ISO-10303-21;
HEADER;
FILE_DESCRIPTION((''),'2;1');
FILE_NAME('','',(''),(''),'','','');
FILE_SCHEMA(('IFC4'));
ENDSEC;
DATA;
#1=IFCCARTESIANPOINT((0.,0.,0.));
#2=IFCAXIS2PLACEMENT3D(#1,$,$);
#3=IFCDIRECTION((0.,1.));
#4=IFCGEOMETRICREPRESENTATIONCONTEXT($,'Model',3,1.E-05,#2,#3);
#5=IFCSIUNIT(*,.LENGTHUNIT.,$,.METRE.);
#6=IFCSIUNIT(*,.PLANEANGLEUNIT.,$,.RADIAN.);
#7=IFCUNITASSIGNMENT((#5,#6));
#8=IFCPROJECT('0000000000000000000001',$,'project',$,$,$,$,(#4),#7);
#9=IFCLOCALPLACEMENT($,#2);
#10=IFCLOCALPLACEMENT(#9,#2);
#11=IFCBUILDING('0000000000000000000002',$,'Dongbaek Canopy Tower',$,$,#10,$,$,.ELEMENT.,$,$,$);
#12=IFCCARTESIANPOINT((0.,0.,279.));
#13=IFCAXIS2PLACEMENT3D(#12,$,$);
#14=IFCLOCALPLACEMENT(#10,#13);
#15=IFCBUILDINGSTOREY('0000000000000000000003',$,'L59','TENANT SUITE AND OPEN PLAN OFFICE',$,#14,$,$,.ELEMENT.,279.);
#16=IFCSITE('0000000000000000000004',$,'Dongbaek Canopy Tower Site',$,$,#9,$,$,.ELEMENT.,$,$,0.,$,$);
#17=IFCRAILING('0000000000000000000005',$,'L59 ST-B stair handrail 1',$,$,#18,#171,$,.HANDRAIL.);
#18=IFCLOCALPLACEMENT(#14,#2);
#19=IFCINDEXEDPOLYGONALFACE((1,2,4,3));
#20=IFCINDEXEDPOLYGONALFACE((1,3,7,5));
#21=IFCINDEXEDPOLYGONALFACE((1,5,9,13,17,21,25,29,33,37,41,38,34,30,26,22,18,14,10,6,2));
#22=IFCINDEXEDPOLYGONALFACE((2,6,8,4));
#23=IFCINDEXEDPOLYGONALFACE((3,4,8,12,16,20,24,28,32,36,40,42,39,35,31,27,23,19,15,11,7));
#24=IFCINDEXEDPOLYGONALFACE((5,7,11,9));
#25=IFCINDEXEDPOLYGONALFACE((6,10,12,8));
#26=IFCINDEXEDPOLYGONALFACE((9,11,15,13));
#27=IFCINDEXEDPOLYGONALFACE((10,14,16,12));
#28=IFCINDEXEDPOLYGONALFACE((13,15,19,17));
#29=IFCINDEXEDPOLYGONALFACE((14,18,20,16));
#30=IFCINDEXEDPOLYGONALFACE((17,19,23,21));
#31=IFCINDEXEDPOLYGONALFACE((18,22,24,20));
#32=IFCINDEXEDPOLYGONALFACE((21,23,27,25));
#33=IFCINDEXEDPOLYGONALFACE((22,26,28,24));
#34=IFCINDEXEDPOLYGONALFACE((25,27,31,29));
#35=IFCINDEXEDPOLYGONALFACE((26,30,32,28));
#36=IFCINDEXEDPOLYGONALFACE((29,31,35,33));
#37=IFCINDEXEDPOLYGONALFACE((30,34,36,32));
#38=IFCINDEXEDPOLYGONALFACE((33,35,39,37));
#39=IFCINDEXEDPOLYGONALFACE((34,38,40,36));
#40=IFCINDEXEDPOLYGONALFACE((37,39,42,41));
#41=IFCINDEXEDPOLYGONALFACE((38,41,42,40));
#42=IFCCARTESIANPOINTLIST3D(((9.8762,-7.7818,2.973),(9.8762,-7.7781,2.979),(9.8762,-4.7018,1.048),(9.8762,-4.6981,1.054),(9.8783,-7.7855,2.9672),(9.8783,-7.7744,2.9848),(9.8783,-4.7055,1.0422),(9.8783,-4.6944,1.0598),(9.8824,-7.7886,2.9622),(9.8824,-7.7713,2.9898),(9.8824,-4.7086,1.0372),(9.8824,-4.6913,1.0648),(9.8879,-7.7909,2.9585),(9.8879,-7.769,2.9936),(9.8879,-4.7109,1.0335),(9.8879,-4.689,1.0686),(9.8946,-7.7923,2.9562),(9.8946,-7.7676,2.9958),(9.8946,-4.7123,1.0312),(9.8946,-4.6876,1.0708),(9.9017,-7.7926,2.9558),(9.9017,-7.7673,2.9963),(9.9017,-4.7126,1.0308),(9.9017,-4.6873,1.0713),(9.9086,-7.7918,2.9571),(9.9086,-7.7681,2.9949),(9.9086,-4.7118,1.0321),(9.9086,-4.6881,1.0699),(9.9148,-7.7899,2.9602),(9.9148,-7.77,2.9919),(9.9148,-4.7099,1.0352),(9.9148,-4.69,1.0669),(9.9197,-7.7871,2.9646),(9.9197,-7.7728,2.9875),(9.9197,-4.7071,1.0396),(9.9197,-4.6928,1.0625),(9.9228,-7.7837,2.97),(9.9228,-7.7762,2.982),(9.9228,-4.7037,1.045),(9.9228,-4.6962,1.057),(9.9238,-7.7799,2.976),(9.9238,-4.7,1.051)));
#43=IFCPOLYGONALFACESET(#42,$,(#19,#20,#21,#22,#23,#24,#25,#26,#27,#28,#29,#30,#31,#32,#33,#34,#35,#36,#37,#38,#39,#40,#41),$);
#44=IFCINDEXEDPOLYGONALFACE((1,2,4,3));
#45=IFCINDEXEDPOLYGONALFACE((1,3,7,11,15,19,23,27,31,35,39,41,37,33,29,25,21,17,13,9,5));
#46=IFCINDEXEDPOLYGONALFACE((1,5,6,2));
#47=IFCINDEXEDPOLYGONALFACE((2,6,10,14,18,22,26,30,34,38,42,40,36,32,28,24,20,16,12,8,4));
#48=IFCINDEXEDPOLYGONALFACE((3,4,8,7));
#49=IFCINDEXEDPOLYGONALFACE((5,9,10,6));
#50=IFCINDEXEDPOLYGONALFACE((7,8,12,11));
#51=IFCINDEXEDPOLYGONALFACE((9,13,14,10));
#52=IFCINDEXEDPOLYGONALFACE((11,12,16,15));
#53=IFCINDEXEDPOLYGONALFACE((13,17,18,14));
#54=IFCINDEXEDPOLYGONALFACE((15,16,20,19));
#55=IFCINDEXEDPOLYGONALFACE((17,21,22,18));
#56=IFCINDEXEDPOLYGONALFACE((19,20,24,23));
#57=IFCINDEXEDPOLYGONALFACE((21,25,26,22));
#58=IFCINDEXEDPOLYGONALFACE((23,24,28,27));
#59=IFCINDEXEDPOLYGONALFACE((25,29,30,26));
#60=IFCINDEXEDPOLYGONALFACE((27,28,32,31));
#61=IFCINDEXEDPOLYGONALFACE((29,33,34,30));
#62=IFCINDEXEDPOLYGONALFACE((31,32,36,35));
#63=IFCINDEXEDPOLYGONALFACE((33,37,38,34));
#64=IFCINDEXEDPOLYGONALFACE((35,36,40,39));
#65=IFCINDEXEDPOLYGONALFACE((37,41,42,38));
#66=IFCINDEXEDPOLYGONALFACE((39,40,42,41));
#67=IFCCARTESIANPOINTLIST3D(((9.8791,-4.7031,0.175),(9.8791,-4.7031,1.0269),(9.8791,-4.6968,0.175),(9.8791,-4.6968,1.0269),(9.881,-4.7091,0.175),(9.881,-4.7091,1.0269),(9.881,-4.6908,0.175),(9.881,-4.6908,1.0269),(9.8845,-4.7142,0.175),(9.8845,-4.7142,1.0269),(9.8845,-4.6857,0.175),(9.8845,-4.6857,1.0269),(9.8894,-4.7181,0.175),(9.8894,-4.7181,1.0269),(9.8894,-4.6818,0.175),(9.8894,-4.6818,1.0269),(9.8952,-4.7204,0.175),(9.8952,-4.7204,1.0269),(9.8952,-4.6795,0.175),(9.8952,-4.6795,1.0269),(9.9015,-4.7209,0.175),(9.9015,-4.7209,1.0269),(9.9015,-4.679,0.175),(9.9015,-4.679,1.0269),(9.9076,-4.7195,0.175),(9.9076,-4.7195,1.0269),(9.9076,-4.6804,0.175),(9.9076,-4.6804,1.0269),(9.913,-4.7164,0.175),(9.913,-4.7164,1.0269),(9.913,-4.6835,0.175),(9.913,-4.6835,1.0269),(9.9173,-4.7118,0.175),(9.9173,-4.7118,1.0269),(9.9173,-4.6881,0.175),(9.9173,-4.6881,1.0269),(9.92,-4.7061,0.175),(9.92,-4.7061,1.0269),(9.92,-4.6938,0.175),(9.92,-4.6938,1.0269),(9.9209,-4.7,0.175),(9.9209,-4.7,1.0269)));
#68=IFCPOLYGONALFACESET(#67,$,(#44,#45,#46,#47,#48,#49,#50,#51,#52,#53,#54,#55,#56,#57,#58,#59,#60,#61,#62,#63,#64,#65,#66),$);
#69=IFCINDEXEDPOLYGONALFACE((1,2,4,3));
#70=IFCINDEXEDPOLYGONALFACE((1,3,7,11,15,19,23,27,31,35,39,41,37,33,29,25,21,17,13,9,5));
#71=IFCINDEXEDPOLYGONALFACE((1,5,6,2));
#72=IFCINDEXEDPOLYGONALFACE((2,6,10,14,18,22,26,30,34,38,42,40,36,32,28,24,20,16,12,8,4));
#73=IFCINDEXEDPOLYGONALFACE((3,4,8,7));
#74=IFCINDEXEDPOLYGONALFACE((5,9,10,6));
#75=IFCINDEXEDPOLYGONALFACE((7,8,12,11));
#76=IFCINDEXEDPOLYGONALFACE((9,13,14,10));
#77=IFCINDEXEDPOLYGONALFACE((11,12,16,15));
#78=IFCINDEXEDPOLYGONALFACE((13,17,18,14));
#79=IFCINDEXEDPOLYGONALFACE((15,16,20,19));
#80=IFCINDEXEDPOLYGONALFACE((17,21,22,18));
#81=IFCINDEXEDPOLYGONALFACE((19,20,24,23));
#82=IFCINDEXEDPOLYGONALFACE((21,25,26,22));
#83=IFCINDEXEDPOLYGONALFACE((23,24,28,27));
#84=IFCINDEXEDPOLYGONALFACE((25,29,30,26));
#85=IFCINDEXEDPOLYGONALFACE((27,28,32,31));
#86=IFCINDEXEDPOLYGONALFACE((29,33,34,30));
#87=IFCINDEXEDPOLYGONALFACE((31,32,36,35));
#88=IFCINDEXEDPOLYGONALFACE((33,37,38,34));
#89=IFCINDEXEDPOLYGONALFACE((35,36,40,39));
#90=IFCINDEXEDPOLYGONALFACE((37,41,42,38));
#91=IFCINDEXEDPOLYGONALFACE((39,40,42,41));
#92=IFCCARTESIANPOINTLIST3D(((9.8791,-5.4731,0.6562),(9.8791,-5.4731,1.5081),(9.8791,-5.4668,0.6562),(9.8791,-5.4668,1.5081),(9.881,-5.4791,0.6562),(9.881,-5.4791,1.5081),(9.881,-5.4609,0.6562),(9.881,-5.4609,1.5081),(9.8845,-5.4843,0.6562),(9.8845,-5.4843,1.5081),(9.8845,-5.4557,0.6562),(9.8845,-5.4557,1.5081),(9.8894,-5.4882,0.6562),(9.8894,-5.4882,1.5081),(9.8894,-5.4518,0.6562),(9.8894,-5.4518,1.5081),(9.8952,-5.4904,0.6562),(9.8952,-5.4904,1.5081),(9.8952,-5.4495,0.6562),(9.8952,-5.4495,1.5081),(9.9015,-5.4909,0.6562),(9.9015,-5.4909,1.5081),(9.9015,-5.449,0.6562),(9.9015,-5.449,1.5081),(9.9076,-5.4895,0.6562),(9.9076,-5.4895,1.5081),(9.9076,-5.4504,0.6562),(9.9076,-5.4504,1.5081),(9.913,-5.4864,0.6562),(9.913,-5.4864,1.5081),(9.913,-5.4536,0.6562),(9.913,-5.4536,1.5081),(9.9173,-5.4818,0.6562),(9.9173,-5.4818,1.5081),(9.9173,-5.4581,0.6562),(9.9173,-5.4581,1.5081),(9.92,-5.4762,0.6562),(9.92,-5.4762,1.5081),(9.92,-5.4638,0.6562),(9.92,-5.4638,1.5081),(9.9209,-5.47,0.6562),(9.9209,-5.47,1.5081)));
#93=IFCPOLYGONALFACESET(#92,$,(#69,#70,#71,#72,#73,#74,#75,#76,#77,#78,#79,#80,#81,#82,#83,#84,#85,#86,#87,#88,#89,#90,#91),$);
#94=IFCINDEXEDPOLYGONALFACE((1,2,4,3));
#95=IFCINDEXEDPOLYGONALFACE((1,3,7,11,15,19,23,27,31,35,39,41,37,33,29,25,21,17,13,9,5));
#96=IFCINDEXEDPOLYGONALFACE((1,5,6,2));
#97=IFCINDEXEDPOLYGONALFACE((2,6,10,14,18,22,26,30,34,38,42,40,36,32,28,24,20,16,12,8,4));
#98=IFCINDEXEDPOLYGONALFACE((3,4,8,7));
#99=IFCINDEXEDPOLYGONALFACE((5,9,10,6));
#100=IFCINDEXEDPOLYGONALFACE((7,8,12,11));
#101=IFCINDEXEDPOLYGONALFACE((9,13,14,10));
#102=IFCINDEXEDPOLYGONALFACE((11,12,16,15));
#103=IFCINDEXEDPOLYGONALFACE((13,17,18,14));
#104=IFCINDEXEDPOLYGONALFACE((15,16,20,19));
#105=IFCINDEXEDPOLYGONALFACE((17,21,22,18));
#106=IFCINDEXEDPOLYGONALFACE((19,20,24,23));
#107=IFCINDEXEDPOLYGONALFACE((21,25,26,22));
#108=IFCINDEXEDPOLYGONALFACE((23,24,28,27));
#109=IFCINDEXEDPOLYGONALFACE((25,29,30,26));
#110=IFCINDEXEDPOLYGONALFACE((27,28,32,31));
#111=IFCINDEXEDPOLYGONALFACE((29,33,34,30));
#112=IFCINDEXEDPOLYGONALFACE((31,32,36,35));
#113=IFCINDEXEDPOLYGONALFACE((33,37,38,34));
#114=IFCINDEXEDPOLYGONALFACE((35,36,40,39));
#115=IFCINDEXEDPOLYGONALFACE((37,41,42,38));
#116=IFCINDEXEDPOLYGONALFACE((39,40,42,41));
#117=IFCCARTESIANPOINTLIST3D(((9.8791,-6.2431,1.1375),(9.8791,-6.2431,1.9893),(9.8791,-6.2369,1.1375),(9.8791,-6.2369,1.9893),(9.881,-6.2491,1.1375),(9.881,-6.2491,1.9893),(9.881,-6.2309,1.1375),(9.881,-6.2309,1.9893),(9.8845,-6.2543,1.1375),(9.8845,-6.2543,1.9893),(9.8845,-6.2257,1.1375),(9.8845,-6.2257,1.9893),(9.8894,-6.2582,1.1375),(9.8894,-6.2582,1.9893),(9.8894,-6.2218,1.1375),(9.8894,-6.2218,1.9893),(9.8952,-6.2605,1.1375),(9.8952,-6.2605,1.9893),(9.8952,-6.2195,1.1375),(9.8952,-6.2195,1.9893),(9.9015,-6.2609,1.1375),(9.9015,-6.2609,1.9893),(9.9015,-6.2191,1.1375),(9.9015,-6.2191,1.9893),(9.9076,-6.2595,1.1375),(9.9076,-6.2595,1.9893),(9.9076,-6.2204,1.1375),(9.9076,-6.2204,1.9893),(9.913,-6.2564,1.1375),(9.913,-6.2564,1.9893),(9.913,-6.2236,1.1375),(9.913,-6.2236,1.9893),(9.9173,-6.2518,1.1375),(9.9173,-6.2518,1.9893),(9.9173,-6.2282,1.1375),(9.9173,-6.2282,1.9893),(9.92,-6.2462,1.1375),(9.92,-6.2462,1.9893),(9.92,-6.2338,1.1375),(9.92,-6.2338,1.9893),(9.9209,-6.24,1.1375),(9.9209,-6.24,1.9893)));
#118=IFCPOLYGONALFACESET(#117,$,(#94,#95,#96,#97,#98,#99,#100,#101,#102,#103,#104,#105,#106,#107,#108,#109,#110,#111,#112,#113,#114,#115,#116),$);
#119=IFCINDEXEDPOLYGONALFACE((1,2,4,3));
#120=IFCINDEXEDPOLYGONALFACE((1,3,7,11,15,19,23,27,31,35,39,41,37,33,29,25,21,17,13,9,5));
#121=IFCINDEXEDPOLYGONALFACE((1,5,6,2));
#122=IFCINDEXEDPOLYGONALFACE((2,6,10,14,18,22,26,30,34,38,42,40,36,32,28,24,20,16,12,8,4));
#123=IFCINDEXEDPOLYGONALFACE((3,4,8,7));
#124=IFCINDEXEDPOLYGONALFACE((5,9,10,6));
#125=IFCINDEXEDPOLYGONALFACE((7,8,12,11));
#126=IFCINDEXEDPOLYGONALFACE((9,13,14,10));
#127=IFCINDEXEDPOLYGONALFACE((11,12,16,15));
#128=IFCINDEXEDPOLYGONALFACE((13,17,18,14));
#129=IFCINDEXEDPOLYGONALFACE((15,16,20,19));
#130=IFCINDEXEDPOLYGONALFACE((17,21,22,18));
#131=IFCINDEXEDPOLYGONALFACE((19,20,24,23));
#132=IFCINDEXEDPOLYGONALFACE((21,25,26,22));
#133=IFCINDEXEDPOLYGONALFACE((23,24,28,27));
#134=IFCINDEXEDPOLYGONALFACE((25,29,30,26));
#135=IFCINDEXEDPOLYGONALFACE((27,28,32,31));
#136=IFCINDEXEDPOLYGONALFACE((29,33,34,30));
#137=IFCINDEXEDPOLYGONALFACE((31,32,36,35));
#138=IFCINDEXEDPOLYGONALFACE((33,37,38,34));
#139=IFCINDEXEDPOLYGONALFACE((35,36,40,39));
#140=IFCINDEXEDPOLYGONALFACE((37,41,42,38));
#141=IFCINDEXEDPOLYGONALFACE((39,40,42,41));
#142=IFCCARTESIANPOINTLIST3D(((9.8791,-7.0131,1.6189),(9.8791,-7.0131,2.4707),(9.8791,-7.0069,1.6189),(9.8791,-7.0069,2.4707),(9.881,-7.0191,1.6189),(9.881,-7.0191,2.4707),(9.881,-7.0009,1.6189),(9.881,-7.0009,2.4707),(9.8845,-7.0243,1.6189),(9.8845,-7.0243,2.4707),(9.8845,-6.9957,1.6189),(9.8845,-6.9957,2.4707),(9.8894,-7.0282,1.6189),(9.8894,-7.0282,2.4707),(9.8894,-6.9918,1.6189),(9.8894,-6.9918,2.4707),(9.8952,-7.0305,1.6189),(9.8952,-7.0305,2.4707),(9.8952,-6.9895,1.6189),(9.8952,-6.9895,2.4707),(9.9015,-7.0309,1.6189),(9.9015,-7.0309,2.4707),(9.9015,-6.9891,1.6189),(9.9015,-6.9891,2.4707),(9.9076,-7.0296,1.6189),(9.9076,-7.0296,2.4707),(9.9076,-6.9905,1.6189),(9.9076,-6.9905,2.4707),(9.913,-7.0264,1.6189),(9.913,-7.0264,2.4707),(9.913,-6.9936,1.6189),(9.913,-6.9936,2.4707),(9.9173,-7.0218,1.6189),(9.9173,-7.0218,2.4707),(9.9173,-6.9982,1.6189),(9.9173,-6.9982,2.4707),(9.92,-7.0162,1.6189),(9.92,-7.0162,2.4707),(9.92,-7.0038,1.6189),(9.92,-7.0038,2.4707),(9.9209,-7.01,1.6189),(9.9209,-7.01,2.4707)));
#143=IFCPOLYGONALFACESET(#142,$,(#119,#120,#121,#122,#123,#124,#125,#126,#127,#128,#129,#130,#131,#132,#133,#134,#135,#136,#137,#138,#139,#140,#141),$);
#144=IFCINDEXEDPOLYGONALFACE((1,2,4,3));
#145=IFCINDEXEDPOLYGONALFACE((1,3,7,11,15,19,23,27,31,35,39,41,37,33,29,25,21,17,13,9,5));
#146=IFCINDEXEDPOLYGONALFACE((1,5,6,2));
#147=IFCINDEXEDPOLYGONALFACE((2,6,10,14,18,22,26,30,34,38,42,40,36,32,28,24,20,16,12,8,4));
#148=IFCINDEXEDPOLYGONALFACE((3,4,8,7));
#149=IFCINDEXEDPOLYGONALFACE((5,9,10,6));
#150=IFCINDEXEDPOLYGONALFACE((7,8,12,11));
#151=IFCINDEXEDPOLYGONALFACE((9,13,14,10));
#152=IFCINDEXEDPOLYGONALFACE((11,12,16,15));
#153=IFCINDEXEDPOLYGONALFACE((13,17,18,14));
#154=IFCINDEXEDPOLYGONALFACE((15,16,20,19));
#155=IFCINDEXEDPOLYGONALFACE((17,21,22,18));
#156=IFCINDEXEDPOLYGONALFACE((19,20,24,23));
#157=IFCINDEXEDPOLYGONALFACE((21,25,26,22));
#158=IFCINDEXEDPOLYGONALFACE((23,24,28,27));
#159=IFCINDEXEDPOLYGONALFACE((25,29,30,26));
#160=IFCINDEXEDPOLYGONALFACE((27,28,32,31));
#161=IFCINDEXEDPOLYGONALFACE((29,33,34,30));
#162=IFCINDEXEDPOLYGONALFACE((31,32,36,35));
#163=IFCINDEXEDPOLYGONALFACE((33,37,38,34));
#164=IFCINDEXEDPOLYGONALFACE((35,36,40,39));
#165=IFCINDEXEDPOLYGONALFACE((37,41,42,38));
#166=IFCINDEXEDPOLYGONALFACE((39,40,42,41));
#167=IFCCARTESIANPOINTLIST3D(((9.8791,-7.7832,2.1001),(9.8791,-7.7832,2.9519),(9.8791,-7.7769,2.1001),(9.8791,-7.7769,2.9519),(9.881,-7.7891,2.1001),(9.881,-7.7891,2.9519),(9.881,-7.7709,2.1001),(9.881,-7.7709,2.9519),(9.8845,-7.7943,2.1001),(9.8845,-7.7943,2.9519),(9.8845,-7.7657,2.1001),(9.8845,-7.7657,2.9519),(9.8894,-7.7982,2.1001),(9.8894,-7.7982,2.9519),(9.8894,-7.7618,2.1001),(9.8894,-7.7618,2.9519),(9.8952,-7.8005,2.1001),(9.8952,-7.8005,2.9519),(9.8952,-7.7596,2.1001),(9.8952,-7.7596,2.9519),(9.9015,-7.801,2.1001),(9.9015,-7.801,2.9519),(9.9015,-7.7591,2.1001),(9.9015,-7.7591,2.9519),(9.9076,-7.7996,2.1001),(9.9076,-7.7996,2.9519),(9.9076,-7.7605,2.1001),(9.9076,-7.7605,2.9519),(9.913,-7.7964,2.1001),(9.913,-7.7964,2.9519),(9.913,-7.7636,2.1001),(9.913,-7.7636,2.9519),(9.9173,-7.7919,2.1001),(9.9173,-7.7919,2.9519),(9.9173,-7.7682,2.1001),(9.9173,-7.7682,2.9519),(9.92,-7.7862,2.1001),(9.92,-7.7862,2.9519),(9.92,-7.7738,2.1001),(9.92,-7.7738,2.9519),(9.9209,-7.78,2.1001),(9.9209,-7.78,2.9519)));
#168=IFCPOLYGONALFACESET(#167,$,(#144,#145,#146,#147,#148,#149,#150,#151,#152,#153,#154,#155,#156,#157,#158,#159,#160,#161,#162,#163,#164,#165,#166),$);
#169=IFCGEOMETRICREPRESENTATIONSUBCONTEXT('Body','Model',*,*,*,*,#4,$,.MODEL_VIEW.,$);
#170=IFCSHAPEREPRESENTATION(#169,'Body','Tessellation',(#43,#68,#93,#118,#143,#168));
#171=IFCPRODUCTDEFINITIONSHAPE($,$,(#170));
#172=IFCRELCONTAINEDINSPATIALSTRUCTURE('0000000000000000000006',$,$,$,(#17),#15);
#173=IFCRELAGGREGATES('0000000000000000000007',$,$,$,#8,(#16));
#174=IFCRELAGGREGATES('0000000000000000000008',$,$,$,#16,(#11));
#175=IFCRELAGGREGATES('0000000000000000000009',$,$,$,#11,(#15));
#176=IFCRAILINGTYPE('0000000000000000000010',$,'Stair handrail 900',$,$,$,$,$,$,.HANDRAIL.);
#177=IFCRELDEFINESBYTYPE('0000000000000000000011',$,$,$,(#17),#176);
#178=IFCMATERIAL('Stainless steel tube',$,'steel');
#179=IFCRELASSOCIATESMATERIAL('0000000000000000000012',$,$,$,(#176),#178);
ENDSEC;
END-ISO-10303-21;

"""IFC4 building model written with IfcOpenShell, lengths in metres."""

from ifc_helpers import new_model, si_unit, direction, frame, origin, origin_2d, place, context, subcontext, project, spatial, circle, extrude, material, type_object, element, save


model = new_model("IFC4")

# Units and contexts
model_context = context("Model", 3, precision=1e-05, world=origin(), true_north=direction((0.0, 1.0)))
body_context = subcontext(model_context, "Body", "Model", "MODEL_VIEW")
ifc_project = project(units=[si_unit("LENGTHUNIT", "METRE"), si_unit("PLANEANGLEUNIT", "RADIAN")], contexts=[model_context])

# Site, building, storey
site_placement = place(None, origin())
site = spatial("IfcSite", under=ifc_project, at=site_placement, Name="Dongbaek Canopy Tower Site", CompositionType="ELEMENT", RefElevation=0.0)
building_placement = place(site_placement, origin())
building = spatial("IfcBuilding", under=site, at=building_placement, Name="Dongbaek Canopy Tower", CompositionType="ELEMENT")
storey_placement = place(building_placement, frame((0.0, 0.0, 279.0)))
storey = spatial("IfcBuildingStorey", under=building, at=storey_placement, Name="L59", Description="TENANT SUITE AND OPEN PLAN OFFICE", CompositionType="ELEMENT", Elevation=279.0)

# Railing
ifc_material_1 = material(Name="Stainless steel tube", Category="steel")
railing_type_1 = type_object("IfcRailingType", Name="Stair handrail 900", PredefinedType="HANDRAIL", material=ifc_material_1)
railing_1_placement = place(storey_placement, frame((9.8999, -4.7, 0.175)))
element("IfcRailing", 1, at=railing_1_placement, inside=storey, type_object=railing_type_1, Name="L59 ST-B stair handrail 1", PredefinedType="HANDRAIL", context=body_context, shape_type="SweptSolid", body=[
    extrude(circle(Radius=0.0239, at=origin_2d()), frame((0.0, 0.0, 0.876), z_axis=(0.0, -0.847998, 0.529999), x_axis=(1.0, 0.0, 0.0)), (0.0, 0.0, 1.0), 3.6321),
    extrude(circle(Radius=0.021, at=origin_2d()), origin(), (0.0, 0.0, 1.0), 0.8518),
    extrude(circle(Radius=0.021, at=origin_2d()), frame((0.0, -0.77, 0.4812)), (0.0, 0.0, 1.0), 0.8518),
    extrude(circle(Radius=0.021, at=origin_2d()), frame((0.0, -1.54, 0.9624)), (0.0, 0.0, 1.0), 0.8518),
    extrude(circle(Radius=0.021, at=origin_2d()), frame((0.0, -2.3101, 1.4438)), (0.0, 0.0, 1.0), 0.8518),
    extrude(circle(Radius=0.021, at=origin_2d()), frame((0.0, -3.0801, 1.925)), (0.0, 0.0, 1.0), 0.8518),
])

save(model, "model.ifc")
